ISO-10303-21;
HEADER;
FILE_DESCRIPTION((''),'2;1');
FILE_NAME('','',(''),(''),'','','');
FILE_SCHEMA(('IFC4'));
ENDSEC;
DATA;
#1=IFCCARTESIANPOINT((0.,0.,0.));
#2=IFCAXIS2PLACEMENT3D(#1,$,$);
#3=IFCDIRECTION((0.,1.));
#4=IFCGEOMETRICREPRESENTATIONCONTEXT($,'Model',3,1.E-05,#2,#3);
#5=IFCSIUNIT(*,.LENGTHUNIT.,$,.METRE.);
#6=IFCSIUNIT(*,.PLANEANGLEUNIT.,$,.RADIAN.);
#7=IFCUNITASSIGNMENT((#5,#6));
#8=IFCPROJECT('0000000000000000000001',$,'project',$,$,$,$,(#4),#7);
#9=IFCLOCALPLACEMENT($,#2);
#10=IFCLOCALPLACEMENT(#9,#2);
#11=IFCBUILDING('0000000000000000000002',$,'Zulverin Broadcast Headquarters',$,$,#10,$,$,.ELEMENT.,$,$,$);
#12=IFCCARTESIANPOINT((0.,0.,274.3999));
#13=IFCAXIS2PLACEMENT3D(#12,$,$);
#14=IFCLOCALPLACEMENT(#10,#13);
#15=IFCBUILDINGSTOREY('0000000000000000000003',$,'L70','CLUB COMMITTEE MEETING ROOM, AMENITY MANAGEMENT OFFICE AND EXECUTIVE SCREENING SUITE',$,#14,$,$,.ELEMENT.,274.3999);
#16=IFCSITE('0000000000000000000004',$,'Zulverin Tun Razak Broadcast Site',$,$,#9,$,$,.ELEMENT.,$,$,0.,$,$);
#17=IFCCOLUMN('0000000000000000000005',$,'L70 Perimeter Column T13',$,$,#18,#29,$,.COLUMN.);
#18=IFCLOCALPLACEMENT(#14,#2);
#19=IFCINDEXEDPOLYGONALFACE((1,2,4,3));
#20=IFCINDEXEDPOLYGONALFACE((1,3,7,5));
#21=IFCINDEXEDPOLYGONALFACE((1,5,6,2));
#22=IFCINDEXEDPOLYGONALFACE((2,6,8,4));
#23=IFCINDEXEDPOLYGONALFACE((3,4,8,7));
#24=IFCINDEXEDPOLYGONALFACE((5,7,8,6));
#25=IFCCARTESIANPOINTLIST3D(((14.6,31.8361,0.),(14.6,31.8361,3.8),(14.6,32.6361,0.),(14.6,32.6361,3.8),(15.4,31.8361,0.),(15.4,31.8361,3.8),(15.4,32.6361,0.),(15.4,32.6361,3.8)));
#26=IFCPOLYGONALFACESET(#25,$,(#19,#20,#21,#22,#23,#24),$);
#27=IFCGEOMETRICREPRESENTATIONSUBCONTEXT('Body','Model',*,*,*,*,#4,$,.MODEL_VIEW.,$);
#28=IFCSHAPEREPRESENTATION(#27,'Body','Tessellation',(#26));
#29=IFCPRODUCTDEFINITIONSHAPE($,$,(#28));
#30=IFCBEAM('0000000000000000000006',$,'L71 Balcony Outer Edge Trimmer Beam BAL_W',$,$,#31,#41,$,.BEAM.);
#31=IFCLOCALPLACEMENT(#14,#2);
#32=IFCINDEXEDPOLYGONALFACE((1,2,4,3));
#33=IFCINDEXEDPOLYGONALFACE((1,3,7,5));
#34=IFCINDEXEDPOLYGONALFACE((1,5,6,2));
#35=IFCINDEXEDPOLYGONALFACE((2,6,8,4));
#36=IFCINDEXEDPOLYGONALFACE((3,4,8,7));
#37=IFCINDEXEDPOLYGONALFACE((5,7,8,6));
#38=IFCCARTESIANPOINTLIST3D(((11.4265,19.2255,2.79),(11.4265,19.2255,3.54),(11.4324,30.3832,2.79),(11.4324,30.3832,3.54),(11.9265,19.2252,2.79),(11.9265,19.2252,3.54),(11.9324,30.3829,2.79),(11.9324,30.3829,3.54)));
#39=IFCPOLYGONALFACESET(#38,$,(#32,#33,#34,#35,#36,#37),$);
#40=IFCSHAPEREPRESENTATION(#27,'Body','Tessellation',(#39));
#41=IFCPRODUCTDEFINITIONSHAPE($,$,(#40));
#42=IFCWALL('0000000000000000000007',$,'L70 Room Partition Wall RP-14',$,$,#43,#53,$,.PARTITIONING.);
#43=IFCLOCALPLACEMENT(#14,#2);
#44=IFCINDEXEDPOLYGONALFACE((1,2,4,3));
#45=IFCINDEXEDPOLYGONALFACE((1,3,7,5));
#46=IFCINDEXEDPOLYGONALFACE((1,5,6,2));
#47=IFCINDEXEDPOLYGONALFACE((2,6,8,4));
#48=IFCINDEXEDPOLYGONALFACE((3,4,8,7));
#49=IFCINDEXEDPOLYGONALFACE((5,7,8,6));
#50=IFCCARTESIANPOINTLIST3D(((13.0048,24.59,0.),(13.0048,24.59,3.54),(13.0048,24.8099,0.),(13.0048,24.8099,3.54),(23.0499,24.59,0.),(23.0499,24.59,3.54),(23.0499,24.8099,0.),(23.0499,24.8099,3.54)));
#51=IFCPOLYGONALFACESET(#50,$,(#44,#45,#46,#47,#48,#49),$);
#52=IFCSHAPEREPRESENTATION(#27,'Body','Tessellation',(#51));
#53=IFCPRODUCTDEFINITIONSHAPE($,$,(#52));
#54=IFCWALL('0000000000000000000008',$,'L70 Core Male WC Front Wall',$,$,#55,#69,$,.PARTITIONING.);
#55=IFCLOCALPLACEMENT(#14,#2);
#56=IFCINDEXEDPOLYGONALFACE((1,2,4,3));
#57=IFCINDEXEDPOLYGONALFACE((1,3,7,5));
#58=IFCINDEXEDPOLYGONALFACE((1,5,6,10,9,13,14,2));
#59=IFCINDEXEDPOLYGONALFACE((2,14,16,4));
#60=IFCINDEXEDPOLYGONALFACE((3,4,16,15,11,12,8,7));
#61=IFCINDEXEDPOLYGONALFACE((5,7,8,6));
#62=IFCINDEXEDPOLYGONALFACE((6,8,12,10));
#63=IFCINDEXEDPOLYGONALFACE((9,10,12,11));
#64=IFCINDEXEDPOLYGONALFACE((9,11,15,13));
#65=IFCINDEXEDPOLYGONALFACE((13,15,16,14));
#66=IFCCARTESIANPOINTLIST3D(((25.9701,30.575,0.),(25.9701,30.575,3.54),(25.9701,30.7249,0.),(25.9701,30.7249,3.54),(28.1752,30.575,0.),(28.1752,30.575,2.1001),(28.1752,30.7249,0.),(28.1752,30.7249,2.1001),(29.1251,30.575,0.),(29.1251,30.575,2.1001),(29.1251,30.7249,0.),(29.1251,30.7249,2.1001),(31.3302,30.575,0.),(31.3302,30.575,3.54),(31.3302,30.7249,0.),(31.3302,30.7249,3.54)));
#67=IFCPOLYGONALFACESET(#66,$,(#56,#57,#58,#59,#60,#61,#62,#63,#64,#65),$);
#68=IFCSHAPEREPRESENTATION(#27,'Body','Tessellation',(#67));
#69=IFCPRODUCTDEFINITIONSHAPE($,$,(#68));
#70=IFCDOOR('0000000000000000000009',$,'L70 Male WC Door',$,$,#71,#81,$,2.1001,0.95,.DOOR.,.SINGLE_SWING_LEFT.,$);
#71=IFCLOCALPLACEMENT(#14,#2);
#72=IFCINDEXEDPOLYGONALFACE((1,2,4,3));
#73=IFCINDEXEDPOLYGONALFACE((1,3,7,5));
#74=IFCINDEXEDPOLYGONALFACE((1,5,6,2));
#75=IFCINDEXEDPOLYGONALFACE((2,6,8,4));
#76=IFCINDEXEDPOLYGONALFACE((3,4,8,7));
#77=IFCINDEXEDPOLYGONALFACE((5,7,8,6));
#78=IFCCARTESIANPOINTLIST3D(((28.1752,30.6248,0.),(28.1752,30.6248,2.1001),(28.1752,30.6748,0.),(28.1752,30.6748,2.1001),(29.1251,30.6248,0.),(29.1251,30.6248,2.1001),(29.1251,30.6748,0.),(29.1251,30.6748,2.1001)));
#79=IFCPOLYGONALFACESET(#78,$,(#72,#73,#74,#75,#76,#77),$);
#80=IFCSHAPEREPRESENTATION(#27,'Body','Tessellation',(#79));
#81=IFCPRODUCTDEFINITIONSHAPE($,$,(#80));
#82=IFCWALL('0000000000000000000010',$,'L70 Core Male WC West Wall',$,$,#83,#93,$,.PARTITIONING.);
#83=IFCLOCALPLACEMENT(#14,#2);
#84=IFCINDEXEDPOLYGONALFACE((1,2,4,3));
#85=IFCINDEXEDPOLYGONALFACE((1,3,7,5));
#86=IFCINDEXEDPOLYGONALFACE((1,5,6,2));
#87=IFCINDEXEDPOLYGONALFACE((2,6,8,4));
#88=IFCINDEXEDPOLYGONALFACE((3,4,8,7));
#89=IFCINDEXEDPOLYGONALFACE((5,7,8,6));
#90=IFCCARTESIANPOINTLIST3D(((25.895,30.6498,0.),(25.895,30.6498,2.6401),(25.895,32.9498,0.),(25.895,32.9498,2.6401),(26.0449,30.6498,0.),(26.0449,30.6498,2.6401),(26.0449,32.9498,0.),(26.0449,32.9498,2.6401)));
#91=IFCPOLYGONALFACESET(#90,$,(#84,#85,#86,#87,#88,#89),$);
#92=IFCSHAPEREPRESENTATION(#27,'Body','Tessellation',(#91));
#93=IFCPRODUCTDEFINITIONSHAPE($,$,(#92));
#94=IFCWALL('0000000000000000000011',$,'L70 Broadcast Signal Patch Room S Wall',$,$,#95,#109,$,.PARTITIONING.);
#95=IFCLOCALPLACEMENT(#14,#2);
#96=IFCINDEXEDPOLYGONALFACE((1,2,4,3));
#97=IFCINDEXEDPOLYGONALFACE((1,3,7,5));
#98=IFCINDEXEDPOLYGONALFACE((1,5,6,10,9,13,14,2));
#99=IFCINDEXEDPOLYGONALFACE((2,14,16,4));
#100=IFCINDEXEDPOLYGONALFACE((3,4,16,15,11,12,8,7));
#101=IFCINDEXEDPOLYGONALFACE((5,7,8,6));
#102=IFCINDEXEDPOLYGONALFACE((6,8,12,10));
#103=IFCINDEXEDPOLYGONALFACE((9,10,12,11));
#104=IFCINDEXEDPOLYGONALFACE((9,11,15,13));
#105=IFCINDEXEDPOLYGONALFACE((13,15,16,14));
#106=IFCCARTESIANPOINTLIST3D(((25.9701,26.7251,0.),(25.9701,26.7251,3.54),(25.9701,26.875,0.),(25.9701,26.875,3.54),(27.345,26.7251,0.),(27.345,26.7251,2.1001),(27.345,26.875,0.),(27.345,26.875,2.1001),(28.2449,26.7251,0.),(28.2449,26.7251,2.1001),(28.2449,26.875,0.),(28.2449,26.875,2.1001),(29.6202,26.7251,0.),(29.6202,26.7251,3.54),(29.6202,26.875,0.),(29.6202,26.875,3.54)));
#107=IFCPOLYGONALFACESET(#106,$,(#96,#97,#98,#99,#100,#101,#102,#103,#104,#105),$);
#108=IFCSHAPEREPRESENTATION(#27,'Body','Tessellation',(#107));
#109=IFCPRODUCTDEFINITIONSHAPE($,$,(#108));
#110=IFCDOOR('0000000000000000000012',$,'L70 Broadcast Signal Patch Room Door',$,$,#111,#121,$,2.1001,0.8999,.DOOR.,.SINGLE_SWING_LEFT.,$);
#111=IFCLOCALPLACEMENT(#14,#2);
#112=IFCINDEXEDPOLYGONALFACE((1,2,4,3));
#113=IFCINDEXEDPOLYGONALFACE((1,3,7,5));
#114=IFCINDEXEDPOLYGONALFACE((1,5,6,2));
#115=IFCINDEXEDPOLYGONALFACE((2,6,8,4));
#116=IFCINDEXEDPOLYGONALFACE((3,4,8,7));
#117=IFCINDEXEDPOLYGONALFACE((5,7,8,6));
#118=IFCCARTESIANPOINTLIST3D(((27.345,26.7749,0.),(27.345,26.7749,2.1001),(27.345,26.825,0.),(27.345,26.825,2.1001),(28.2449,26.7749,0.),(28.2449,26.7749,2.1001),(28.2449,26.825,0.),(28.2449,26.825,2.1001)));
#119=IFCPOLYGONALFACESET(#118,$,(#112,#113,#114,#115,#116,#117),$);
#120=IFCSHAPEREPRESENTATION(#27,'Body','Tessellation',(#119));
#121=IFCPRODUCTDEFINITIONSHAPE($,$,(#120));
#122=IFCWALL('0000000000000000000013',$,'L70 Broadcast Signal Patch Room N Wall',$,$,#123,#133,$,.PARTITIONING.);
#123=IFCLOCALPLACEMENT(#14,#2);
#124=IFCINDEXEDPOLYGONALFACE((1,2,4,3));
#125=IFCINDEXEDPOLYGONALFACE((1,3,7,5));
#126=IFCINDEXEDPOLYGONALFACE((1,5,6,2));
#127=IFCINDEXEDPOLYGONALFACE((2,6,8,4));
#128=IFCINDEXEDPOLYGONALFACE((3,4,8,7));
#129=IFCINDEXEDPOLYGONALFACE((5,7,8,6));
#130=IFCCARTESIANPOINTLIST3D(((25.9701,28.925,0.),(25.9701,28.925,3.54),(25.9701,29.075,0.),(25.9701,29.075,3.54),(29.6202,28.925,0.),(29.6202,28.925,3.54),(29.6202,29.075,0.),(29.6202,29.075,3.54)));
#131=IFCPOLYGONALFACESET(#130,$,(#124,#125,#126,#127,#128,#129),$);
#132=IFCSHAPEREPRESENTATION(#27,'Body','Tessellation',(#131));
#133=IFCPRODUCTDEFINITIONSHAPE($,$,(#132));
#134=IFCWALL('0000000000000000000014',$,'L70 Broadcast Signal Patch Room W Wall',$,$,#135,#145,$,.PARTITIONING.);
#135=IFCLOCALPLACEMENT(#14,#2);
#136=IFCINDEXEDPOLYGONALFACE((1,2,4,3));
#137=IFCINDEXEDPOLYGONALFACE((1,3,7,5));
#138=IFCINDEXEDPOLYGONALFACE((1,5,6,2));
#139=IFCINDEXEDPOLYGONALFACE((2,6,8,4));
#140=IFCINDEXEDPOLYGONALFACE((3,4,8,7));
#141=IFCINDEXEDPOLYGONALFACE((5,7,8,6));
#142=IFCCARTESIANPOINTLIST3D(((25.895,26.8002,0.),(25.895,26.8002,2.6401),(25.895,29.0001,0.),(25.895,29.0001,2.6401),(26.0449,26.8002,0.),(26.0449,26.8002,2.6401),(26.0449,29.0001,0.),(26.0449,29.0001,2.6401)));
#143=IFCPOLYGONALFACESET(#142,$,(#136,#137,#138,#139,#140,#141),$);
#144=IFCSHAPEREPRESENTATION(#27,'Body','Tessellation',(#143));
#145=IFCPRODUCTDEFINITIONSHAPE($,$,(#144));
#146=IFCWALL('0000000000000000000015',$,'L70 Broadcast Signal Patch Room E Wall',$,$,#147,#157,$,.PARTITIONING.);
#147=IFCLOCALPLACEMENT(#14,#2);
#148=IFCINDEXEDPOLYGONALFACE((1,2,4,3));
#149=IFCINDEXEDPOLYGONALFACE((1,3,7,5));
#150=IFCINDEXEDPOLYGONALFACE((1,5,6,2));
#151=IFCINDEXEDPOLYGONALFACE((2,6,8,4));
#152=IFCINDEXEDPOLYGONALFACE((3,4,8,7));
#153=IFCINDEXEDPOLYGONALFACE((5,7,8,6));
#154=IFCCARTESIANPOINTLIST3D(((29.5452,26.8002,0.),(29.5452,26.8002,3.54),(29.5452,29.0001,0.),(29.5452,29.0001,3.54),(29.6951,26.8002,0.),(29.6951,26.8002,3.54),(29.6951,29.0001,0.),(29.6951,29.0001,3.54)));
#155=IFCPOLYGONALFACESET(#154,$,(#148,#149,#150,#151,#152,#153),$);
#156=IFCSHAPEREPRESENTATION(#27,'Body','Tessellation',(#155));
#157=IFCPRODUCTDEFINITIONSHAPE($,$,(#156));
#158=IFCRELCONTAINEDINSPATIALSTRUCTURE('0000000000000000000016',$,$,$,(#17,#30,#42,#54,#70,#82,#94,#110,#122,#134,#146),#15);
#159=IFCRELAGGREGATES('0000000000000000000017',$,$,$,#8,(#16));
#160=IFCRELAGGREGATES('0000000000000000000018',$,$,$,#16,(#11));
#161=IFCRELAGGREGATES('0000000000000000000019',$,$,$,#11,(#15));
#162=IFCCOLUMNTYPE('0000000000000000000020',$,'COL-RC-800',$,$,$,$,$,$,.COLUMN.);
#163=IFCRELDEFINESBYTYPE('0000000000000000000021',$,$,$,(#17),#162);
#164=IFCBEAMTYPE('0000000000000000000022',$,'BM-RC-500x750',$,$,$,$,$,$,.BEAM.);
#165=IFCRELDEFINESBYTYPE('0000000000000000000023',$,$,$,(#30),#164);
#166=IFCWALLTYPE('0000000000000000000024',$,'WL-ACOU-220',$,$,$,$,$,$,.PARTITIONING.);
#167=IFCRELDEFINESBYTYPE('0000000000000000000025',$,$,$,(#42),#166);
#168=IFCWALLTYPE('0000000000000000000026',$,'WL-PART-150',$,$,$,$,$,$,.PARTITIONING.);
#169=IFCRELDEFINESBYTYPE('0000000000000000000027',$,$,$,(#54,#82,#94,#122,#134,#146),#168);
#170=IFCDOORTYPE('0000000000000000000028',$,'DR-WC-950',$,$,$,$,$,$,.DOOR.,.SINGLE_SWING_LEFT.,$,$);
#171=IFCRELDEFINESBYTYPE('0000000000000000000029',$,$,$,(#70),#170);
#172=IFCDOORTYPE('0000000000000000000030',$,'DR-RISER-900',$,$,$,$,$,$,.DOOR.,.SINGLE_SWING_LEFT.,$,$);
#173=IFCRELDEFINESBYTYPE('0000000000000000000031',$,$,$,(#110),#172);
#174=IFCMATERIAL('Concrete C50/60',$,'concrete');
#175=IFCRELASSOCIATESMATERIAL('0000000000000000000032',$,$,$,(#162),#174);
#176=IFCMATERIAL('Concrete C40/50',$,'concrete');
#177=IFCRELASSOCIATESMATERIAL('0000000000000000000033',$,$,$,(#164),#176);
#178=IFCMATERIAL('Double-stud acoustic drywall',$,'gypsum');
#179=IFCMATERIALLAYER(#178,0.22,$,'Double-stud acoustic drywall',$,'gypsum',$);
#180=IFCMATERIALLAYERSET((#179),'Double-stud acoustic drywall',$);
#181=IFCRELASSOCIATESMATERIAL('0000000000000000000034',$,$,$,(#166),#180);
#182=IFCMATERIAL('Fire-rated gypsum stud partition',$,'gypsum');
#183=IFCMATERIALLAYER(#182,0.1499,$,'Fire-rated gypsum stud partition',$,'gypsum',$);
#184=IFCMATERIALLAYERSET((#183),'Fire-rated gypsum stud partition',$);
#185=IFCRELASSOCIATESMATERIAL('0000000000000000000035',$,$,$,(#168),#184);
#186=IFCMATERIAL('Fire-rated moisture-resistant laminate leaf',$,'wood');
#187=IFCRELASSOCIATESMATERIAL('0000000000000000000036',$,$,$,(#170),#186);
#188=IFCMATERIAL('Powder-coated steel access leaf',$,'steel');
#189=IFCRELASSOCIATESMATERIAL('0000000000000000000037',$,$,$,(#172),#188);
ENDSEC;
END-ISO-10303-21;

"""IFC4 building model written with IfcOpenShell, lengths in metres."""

from ifc_helpers import new_model, si_unit, direction, frame, frame_2d, origin, origin_2d, place, context, subcontext, project, spatial, rectangle, extrude, material, layer, layer_set, material_profile, profile_set, type_object, element, fill, save


model = new_model("IFC4")

# Units and contexts
model_context = context("Model", 3, precision=1e-05, world=origin(), true_north=direction((0.0, 1.0)))
body_context = subcontext(model_context, "Body", "Model", "MODEL_VIEW")
ifc_project = project(units=[si_unit("LENGTHUNIT", "METRE"), si_unit("PLANEANGLEUNIT", "RADIAN")], contexts=[model_context])

# Site, building, storey
site_placement = place(None, origin())
site = spatial("IfcSite", under=ifc_project, at=site_placement, Name="Zulverin Tun Razak Broadcast Site", CompositionType="ELEMENT", RefElevation=0.0)
building_placement = place(site_placement, origin())
building = spatial("IfcBuilding", under=site, at=building_placement, Name="Zulverin Broadcast Headquarters", CompositionType="ELEMENT")
storey_placement = place(building_placement, frame((0.0, 0.0, 274.3999)))
storey = spatial("IfcBuildingStorey", under=building, at=storey_placement, Name="L70", Description="CLUB COMMITTEE MEETING ROOM, AMENITY MANAGEMENT OFFICE AND EXECUTIVE SCREENING SUITE", CompositionType="ELEMENT", Elevation=274.3999)

# Column
ifc_material_1 = material(Name="Concrete C50/60", Category="concrete")
ifc_material_profile_1 = material_profile(ifc_material_1, rectangle(XDim=0.8, YDim=0.8, at=origin_2d()), Name="Concrete C50/60", Category="concrete")
ifc_profile_set_1 = profile_set([ifc_material_profile_1], Name="Concrete C50/60")
column_type = type_object("IfcColumnType", Name="COL-RC-800", PredefinedType="COLUMN", material=ifc_profile_set_1)
column_placement = place(storey_placement, frame((15.0, 32.2361, 0.0), z_axis=(0.0, 0.0, 1.0), x_axis=(1.0, 0.0, 0.0)))
element("IfcColumn", 1, at=column_placement, inside=storey, type_object=column_type, Name="L70 Perimeter Column T13", PredefinedType="COLUMN", context=body_context, shape_type="SweptSolid", body=[
    extrude(rectangle(XDim=0.8, YDim=0.8, at=origin_2d()), origin(), (0.0, 0.0, 1.0), 3.8),
])

# Beam
ifc_material_2 = material(Name="Concrete C40/50", Category="concrete")
ifc_material_profile_2 = material_profile(ifc_material_2, rectangle(XDim=0.5, YDim=0.75, at=origin_2d()), Name="Concrete C40/50", Category="concrete")
ifc_profile_set_2 = profile_set([ifc_material_profile_2], Name="Concrete C40/50")
beam_type = type_object("IfcBeamType", Name="BM-RC-500x750", PredefinedType="BEAM", material=ifc_profile_set_2)
beam_placement = place(storey_placement, frame((11.6824, 30.3831, 3.165), z_axis=(-0.000525, -1.0, 0.0), x_axis=(1.0, -0.000525, 0.0)))
element("IfcBeam", 2, at=beam_placement, inside=storey, type_object=beam_type, Name="L71 Balcony Outer Edge Trimmer Beam BAL_W", PredefinedType="BEAM", context=body_context, shape_type="SweptSolid", body=[
    extrude(rectangle(XDim=0.5, YDim=0.75, at=origin_2d()), origin(), (0.0, 0.0, 1.0), 11.1577),
])

# Wall
ifc_material_3 = material(Name="Double-stud acoustic drywall", Category="gypsum")
ifc_layer_1 = layer(ifc_material_3, 0.22, Name="Double-stud acoustic drywall", Category="gypsum")
ifc_layer_set_1 = layer_set([ifc_layer_1], Name="Double-stud acoustic drywall")
wall_type_1 = type_object("IfcWallType", Name="WL-ACOU-220", PredefinedType="PARTITIONING", material=ifc_layer_set_1)
wall_1_placement = place(storey_placement, frame((13.0049, 24.7, 0.0), z_axis=(0.0, 0.0, 1.0), x_axis=(1.0, 0.0, 0.0)))
element("IfcWall", 3, at=wall_1_placement, inside=storey, type_object=wall_type_1, Name="L70 Room Partition Wall RP-14", PredefinedType="PARTITIONING", context=body_context, shape_type="SweptSolid", body=[
    extrude(rectangle(XDim=10.0452, YDim=0.22, at=frame_2d((5.0225, 0.0))), origin(), (0.0, 0.0, 1.0), 3.54),
])

# Wall, opening, door
ifc_material_4 = material(Name="Fire-rated gypsum stud partition", Category="gypsum")
ifc_layer_2 = layer(ifc_material_4, 0.1499, Name="Fire-rated gypsum stud partition", Category="gypsum")
ifc_layer_set_2 = layer_set([ifc_layer_2], Name="Fire-rated gypsum stud partition")
wall_type_2 = type_object("IfcWallType", Name="WL-PART-150", PredefinedType="PARTITIONING", material=ifc_layer_set_2)
wall_2_placement = place(storey_placement, frame((25.97, 30.6499, 0.0), z_axis=(0.0, 0.0, 1.0), x_axis=(1.0, 0.0, 0.0)))
wall_2 = element("IfcWall", 4, at=wall_2_placement, inside=storey, type_object=wall_type_2, Name="L70 Core Male WC Front Wall", PredefinedType="PARTITIONING", context=body_context, shape_type="SweptSolid", body=[
    extrude(rectangle(XDim=5.3601, YDim=0.1499, at=frame_2d((2.6802, 0.0))), origin(), (0.0, 0.0, 1.0), 3.54),
])
opening_1_placement = place(wall_2_placement, frame((2.2051, 0.0, 0.0)))
opening_1 = element("IfcOpeningElement", 5, at=opening_1_placement, cuts=wall_2, PredefinedType="OPENING", context=body_context, shape_type="SweptSolid", body=[
    extrude(rectangle(XDim=0.95, YDim=2.1001, at=frame_2d((0.4751, 1.05))), frame((0.0, 0.085, 0.0), z_axis=(0.0, -1.0, 0.0), x_axis=(1.0, 0.0, 0.0)), (0.0, 0.0, 1.0), 0.1699),
])
ifc_material_5 = material(Name="Fire-rated moisture-resistant laminate leaf", Category="wood")
door_type_1 = type_object("IfcDoorType", Name="DR-WC-950", OperationType="SINGLE_SWING_LEFT", PredefinedType="DOOR", material=ifc_material_5)
door_1_placement = place(opening_1_placement, origin())
door_1 = element("IfcDoor", 6, at=door_1_placement, inside=storey, type_object=door_type_1, Name="L70 Male WC Door", OperationType="SINGLE_SWING_LEFT", OverallHeight=2.1001, OverallWidth=0.95, PredefinedType="DOOR", context=body_context, shape_type="SweptSolid", body=[
    extrude(rectangle(XDim=0.95, YDim=2.1001, at=frame_2d((0.4751, 1.05))), frame((0.0, 0.0249, 0.0), z_axis=(0.0, -1.0, 0.0), x_axis=(1.0, 0.0, 0.0)), (0.0, 0.0, 1.0), 0.05),
])
fill(opening_1, door_1)

# Wall
wall_3_placement = place(storey_placement, frame((25.97, 30.6499, 0.0), z_axis=(0.0, 0.0, 1.0), x_axis=(0.0, 1.0, 0.0)))
element("IfcWall", 7, at=wall_3_placement, inside=storey, type_object=wall_type_2, Name="L70 Core Male WC West Wall", PredefinedType="PARTITIONING", context=body_context, shape_type="SweptSolid", body=[
    extrude(rectangle(XDim=2.3, YDim=0.1499, at=frame_2d((1.1499, 0.0))), origin(), (0.0, 0.0, 1.0), 2.6401),
])

# Wall, opening, door
wall_4_placement = place(storey_placement, frame((25.97, 26.8, 0.0), z_axis=(0.0, 0.0, 1.0), x_axis=(1.0, 0.0, 0.0)))
wall_4 = element("IfcWall", 8, at=wall_4_placement, inside=storey, type_object=wall_type_2, Name="L70 Broadcast Signal Patch Room S Wall", PredefinedType="PARTITIONING", context=body_context, shape_type="SweptSolid", body=[
    extrude(rectangle(XDim=3.6501, YDim=0.1499, at=frame_2d((1.8252, 0.0))), origin(), (0.0, 0.0, 1.0), 3.54),
])
opening_2_placement = place(wall_4_placement, frame((1.375, 0.0, 0.0)))
opening_2 = element("IfcOpeningElement", 9, at=opening_2_placement, cuts=wall_4, PredefinedType="OPENING", context=body_context, shape_type="SweptSolid", body=[
    extrude(rectangle(XDim=0.8999, YDim=2.1001, at=frame_2d((0.45, 1.05))), frame((0.0, 0.085, 0.0), z_axis=(0.0, -1.0, 0.0), x_axis=(1.0, 0.0, 0.0)), (0.0, 0.0, 1.0), 0.1699),
])
ifc_material_6 = material(Name="Powder-coated steel access leaf", Category="steel")
door_type_2 = type_object("IfcDoorType", Name="DR-RISER-900", OperationType="SINGLE_SWING_LEFT", PredefinedType="DOOR", material=ifc_material_6)
door_2_placement = place(opening_2_placement, origin())
door_2 = element("IfcDoor", 10, at=door_2_placement, inside=storey, type_object=door_type_2, Name="L70 Broadcast Signal Patch Room Door", OperationType="SINGLE_SWING_LEFT", OverallHeight=2.1001, OverallWidth=0.8999, PredefinedType="DOOR", context=body_context, shape_type="SweptSolid", body=[
    extrude(rectangle(XDim=0.8999, YDim=2.1001, at=frame_2d((0.45, 1.05))), frame((0.0, 0.0249, 0.0), z_axis=(0.0, -1.0, 0.0), x_axis=(1.0, 0.0, 0.0)), (0.0, 0.0, 1.0), 0.05),
])
fill(opening_2, door_2)

# Walls
wall_5_placement = place(storey_placement, frame((25.97, 29.0, 0.0), z_axis=(0.0, 0.0, 1.0), x_axis=(1.0, 0.0, 0.0)))
element("IfcWall", 11, at=wall_5_placement, inside=storey, type_object=wall_type_2, Name="L70 Broadcast Signal Patch Room N Wall", PredefinedType="PARTITIONING", context=body_context, shape_type="SweptSolid", body=[
    extrude(rectangle(XDim=3.6501, YDim=0.1499, at=frame_2d((1.8252, 0.0))), origin(), (0.0, 0.0, 1.0), 3.54),
])
wall_6_placement = place(storey_placement, frame((25.97, 26.8, 0.0), z_axis=(0.0, 0.0, 1.0), x_axis=(0.0, 1.0, 0.0)))
element("IfcWall", 12, at=wall_6_placement, inside=storey, type_object=wall_type_2, Name="L70 Broadcast Signal Patch Room W Wall", PredefinedType="PARTITIONING", context=body_context, shape_type="SweptSolid", body=[
    extrude(rectangle(XDim=2.2, YDim=0.1499, at=frame_2d((1.1001, 0.0))), origin(), (0.0, 0.0, 1.0), 2.6401),
])
wall_7_placement = place(storey_placement, frame((29.6201, 26.8, 0.0), z_axis=(0.0, 0.0, 1.0), x_axis=(0.0, 1.0, 0.0)))
element("IfcWall", 13, at=wall_7_placement, inside=storey, type_object=wall_type_2, Name="L70 Broadcast Signal Patch Room E Wall", PredefinedType="PARTITIONING", context=body_context, shape_type="SweptSolid", body=[
    extrude(rectangle(XDim=2.2, YDim=0.1499, at=frame_2d((1.1001, 0.0))), origin(), (0.0, 0.0, 1.0), 3.54),
])

save(model, "model.ifc")
